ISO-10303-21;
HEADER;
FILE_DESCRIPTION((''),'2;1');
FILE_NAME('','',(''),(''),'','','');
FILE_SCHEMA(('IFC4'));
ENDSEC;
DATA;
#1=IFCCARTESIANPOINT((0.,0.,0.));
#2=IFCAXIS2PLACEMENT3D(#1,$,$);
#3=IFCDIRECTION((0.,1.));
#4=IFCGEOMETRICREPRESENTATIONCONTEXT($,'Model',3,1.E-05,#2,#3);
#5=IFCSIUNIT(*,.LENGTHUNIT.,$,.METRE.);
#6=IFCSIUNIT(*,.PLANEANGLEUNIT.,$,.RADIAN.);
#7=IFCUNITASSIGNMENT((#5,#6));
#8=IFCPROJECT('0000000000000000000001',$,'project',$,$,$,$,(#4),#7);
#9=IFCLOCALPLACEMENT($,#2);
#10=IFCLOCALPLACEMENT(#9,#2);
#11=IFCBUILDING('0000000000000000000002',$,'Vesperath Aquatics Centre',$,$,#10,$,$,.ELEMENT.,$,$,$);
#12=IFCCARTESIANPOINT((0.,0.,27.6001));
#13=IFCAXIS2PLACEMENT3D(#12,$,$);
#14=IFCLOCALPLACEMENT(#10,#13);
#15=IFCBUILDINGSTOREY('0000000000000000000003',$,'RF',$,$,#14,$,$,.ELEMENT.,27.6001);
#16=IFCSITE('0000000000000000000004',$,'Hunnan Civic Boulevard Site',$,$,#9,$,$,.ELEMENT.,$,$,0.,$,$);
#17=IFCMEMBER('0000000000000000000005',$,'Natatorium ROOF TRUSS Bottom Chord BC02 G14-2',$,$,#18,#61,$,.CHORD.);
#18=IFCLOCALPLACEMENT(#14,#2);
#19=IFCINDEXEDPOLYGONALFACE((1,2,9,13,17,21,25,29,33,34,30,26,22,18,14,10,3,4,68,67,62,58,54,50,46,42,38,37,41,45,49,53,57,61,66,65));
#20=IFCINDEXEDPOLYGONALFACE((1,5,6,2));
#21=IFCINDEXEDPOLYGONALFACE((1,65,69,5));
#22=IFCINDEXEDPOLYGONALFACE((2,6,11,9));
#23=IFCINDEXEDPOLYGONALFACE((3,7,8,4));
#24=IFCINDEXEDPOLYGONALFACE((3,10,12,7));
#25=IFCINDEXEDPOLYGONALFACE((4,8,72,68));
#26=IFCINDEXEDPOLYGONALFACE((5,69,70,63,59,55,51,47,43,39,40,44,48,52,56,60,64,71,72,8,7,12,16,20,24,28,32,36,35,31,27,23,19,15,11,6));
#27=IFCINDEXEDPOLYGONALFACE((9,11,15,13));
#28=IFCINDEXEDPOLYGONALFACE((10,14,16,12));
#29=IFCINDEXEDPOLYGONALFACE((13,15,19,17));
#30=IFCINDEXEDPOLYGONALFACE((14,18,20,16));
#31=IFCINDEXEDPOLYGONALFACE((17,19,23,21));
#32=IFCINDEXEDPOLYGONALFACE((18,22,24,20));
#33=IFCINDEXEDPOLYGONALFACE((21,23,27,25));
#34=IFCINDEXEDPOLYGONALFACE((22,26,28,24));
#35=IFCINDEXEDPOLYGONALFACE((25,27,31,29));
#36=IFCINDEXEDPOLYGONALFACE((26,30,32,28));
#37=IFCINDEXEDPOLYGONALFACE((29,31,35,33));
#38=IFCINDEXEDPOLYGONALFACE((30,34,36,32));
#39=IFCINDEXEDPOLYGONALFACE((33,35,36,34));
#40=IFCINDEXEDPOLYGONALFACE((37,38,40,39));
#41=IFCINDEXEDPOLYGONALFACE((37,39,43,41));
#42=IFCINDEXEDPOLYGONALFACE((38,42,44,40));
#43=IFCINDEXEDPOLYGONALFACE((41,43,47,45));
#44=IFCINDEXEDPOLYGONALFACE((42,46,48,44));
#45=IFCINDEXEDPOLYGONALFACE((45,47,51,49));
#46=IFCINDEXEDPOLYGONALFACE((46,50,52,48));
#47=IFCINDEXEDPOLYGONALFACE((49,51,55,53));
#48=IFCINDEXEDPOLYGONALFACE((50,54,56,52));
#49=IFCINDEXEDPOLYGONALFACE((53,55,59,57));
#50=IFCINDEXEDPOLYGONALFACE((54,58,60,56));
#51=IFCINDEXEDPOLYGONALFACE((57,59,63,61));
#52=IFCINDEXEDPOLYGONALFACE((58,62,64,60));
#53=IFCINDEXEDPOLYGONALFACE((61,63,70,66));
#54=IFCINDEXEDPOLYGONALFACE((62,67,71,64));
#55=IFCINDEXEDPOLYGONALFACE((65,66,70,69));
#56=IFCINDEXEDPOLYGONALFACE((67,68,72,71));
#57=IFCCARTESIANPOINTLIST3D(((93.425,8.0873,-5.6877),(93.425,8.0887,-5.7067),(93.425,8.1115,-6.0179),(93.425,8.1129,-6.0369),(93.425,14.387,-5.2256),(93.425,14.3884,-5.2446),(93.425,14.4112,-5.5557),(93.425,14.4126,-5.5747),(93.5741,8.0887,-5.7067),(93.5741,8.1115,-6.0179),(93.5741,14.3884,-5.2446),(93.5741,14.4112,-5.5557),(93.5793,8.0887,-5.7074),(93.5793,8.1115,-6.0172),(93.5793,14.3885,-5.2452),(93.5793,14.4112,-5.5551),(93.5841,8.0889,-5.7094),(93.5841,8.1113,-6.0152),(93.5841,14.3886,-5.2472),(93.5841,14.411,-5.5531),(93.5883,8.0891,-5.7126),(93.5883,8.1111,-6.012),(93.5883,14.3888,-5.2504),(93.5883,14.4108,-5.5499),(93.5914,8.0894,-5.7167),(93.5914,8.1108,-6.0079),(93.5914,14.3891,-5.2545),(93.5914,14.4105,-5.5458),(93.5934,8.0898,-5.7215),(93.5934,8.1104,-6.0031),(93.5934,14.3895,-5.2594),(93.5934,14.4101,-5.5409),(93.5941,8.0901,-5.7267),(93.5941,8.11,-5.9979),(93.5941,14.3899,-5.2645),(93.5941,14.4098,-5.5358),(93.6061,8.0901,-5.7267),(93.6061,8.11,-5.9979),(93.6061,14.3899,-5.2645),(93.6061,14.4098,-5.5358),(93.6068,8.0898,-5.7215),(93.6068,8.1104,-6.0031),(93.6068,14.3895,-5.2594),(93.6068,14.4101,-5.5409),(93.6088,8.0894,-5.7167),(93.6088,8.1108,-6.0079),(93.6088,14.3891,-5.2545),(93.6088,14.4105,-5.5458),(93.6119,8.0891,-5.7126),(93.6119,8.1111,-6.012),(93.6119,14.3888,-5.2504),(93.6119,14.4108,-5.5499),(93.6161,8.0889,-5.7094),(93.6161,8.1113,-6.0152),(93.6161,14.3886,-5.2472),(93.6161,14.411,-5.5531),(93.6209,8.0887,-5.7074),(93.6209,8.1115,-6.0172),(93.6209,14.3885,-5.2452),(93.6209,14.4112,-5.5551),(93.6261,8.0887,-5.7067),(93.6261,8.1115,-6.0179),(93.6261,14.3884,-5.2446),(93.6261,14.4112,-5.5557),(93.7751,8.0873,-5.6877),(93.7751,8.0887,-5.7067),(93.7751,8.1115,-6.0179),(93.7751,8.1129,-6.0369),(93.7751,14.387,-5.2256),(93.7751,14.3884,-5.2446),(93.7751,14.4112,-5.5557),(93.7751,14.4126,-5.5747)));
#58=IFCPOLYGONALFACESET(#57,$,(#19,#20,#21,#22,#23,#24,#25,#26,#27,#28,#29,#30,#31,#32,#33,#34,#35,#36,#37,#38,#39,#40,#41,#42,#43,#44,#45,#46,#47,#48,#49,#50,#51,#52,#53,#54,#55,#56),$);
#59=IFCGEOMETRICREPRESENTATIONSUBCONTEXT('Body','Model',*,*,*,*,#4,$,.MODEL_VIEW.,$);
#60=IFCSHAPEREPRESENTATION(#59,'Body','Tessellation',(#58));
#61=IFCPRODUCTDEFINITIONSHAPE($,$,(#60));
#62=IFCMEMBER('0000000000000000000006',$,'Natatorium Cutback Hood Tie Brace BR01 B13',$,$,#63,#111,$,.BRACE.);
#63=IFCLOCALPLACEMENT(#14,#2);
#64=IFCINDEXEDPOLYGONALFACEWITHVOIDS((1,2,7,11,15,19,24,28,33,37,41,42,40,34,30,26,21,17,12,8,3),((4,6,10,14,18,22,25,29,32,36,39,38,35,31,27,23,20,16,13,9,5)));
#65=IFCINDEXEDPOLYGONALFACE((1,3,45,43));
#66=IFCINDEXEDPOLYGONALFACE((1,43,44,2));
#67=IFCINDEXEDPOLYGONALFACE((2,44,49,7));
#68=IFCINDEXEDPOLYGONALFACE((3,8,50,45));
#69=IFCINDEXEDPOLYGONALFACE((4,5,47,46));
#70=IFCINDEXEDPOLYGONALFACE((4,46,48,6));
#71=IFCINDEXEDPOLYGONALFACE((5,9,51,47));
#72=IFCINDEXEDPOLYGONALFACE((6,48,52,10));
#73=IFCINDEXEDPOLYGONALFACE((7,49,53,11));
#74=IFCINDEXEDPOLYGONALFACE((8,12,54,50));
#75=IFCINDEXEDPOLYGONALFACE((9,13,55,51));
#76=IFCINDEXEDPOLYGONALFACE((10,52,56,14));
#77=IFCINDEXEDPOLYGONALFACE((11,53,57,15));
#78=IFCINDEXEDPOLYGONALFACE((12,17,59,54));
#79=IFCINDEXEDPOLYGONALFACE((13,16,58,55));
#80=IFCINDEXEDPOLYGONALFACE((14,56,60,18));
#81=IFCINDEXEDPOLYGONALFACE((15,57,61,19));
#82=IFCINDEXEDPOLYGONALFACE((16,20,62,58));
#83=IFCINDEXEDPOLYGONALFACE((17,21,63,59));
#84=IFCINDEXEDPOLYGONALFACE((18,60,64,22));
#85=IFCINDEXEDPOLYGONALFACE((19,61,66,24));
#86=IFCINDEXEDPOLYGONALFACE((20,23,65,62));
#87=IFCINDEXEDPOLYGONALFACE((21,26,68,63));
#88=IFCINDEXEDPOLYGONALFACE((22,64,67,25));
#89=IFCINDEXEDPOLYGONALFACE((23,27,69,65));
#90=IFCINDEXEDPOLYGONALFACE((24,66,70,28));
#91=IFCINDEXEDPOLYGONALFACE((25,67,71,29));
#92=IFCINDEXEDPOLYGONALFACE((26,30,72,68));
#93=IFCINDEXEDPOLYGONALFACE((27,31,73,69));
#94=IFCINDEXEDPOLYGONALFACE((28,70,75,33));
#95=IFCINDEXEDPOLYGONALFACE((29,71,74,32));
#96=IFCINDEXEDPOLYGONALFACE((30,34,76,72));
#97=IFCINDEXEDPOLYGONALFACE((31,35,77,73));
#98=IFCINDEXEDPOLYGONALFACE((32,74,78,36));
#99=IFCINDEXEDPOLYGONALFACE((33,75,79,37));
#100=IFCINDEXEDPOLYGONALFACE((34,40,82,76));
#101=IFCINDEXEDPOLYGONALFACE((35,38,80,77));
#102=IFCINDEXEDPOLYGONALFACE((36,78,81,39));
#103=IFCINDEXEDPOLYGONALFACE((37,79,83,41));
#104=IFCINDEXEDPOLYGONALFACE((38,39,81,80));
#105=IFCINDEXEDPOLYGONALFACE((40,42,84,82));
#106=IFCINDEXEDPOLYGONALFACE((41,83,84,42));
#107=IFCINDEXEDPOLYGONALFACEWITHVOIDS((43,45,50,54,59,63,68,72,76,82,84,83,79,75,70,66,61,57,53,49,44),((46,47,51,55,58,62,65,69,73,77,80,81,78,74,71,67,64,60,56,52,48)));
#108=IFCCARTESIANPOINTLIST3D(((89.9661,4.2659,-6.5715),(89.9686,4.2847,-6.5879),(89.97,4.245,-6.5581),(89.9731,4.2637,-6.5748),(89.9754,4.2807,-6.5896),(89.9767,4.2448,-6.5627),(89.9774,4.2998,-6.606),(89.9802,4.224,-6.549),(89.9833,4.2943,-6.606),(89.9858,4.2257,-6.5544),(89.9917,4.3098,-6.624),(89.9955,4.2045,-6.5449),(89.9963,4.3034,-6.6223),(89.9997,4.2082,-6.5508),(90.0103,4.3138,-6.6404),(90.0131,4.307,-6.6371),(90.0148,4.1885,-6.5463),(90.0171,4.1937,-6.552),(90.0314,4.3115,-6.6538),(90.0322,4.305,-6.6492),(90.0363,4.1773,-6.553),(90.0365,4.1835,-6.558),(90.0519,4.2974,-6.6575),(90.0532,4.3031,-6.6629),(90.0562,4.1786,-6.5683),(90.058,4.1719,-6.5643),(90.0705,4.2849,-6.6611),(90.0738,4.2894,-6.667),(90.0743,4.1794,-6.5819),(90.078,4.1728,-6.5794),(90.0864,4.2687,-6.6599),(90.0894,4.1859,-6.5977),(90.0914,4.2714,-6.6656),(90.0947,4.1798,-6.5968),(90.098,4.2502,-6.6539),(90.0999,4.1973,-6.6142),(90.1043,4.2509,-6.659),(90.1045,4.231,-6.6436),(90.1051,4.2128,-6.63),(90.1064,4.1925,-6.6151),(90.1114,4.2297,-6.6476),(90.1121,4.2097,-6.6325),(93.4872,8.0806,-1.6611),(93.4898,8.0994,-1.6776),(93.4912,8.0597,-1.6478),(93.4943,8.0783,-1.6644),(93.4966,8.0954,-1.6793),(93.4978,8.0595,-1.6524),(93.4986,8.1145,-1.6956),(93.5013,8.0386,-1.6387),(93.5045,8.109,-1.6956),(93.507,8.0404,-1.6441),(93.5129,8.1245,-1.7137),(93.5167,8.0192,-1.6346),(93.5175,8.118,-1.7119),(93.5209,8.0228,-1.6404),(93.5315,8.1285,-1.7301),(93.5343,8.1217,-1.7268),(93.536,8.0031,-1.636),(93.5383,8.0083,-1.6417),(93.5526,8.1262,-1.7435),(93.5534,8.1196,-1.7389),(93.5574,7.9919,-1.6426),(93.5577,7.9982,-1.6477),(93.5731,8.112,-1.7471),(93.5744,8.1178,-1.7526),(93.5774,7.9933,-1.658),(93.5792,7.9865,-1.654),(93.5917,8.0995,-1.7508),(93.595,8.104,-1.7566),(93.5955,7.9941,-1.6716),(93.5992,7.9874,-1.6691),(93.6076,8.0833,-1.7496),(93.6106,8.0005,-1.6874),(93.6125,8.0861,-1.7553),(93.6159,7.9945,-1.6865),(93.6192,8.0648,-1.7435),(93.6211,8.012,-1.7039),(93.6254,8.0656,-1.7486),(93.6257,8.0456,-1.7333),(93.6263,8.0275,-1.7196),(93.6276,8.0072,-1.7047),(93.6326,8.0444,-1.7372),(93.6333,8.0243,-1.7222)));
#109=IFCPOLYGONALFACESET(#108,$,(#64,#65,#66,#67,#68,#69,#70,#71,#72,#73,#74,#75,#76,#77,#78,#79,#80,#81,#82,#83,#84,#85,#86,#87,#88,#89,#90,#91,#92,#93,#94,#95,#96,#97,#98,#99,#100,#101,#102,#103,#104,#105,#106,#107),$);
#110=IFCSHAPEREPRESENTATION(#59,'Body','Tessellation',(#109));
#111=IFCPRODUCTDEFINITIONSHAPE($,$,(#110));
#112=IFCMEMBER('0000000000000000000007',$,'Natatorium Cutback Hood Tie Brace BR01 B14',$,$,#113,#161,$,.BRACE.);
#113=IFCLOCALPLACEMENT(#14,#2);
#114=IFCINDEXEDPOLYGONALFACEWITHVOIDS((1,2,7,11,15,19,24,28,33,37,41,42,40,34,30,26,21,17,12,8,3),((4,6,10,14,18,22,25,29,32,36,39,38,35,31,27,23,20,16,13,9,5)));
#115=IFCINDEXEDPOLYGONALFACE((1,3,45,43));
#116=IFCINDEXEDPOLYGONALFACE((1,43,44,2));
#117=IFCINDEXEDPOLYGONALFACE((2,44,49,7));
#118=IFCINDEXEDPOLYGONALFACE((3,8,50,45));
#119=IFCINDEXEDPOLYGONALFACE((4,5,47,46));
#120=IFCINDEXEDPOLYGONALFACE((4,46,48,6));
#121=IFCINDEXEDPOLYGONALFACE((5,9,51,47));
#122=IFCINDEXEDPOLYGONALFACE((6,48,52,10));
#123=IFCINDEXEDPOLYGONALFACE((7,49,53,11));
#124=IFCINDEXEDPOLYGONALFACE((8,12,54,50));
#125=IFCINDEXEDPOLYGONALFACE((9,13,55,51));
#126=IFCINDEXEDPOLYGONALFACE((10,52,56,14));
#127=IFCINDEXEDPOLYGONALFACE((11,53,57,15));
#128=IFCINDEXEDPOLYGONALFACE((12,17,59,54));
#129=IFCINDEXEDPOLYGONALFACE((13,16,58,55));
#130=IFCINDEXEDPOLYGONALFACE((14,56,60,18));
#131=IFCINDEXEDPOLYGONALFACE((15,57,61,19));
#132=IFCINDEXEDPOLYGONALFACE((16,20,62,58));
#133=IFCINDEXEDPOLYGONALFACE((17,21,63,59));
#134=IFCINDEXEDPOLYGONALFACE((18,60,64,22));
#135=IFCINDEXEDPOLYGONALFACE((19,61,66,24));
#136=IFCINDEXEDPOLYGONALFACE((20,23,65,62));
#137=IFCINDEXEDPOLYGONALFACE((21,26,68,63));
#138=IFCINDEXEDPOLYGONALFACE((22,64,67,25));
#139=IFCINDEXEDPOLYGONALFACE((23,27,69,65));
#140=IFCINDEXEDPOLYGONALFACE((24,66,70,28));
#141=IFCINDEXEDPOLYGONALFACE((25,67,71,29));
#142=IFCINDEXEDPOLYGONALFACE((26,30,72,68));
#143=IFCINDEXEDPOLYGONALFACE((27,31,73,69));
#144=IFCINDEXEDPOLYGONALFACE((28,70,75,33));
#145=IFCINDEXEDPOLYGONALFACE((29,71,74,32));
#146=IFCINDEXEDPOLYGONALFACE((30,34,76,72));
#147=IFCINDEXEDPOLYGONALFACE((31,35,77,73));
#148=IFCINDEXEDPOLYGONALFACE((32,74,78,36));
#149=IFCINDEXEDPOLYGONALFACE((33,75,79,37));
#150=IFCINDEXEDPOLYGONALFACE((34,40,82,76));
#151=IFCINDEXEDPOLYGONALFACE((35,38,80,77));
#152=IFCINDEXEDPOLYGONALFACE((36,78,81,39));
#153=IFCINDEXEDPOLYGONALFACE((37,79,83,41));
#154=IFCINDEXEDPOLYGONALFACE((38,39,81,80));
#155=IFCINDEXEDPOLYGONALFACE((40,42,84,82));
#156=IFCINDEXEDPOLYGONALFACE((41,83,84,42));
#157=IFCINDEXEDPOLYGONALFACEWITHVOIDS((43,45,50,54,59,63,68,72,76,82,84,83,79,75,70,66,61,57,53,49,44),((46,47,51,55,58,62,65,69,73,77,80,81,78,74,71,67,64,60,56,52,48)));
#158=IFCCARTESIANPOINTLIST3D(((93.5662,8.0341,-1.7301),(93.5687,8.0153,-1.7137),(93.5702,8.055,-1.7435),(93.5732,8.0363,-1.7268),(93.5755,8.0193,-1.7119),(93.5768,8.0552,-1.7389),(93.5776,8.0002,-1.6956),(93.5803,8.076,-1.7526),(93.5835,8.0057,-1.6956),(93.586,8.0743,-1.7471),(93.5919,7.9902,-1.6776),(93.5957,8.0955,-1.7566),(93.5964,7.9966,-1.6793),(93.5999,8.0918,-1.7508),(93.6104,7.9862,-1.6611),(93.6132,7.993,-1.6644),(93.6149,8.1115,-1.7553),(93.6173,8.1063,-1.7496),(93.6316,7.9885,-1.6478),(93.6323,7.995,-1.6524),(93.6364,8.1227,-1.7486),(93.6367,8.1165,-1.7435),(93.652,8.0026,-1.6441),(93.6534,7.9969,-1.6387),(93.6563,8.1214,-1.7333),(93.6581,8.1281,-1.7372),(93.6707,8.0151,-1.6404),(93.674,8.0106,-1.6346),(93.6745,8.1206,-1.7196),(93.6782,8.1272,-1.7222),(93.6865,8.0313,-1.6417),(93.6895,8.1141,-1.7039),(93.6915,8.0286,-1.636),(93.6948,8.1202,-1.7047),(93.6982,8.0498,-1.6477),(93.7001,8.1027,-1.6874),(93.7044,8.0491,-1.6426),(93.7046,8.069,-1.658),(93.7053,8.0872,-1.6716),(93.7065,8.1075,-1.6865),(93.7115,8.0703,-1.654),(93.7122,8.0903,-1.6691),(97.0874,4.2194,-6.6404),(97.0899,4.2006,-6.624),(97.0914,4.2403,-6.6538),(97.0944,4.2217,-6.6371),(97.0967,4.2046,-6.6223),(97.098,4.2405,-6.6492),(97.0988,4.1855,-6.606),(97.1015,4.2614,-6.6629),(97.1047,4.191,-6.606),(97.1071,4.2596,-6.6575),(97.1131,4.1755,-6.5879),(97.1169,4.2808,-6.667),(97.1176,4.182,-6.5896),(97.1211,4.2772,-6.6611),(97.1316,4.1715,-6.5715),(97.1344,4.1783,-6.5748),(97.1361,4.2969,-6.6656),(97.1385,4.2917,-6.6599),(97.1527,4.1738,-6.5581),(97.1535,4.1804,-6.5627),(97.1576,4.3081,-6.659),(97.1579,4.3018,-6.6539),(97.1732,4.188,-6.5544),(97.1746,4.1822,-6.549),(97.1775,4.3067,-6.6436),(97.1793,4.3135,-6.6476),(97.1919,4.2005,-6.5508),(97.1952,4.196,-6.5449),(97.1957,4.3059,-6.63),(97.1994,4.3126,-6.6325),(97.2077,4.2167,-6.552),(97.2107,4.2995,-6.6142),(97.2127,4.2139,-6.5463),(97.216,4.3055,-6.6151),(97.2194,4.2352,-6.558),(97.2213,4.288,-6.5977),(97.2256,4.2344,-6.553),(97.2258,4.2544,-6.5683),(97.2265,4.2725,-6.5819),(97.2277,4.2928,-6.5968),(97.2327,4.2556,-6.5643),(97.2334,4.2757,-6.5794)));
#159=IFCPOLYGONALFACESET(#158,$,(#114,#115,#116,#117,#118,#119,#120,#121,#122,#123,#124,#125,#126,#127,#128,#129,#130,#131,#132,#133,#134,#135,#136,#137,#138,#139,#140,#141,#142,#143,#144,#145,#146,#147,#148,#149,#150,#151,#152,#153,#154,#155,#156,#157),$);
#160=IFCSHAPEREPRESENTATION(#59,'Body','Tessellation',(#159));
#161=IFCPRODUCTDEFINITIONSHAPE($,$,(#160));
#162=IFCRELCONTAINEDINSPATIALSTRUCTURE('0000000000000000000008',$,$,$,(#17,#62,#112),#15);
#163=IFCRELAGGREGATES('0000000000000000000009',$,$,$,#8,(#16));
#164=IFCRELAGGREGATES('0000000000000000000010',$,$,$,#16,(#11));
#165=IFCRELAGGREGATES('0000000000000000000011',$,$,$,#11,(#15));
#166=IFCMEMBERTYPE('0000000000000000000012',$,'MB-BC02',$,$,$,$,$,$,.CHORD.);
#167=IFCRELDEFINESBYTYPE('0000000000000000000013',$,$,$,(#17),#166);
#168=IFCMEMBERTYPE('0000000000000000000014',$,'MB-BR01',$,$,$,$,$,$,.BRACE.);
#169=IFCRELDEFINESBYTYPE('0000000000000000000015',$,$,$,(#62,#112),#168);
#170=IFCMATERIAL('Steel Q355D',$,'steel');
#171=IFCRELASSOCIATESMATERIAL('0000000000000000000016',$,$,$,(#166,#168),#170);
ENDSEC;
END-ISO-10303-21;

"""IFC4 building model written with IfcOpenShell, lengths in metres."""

from ifc_helpers import new_model, si_unit, direction, frame, origin, origin_2d, place, context, subcontext, project, spatial, hollow_circle, i_section, extrude, material, material_profile, profile_set, type_object, element, save


model = new_model("IFC4")

# Units and contexts
model_context = context("Model", 3, precision=1e-05, world=origin(), true_north=direction((0.0, 1.0)))
body_context = subcontext(model_context, "Body", "Model", "MODEL_VIEW")
ifc_project = project(units=[si_unit("LENGTHUNIT", "METRE"), si_unit("PLANEANGLEUNIT", "RADIAN")], contexts=[model_context])

# Site, building, storey
site_placement = place(None, origin())
site = spatial("IfcSite", under=ifc_project, at=site_placement, Name="Hunnan Civic Boulevard Site", CompositionType="ELEMENT", RefElevation=0.0)
building_placement = place(site_placement, origin())
building = spatial("IfcBuilding", under=site, at=building_placement, Name="Vesperath Aquatics Centre", CompositionType="ELEMENT")
storey_placement = place(building_placement, frame((0.0, 0.0, 27.6001)))
storey = spatial("IfcBuildingStorey", under=building, at=storey_placement, Name="RF", CompositionType="ELEMENT", Elevation=27.6001)

# Shared definitions
ifc_material_1 = material(Name="Steel Q355D", Category="steel")

# Members
ifc_material_profile_1 = material_profile(ifc_material_1, i_section(OverallWidth=0.3501, OverallDepth=0.3501, WebThickness=0.012, FlangeThickness=0.019, FilletRadius=0.02, at=origin_2d()), Name="HW 350x350x12x19")
ifc_profile_set_1 = profile_set([ifc_material_profile_1], Name="Steel Q355D")
member_type_1 = type_object("IfcMemberType", Name="MB-BC02", PredefinedType="CHORD", material=ifc_profile_set_1)
member_1_placement = place(storey_placement, frame((93.6001, 8.1001, -5.8623), z_axis=(0.0, 0.99732, 0.073164), x_axis=(-1.0, 0.0, 0.0)))
element("IfcMember", 1, at=member_1_placement, inside=storey, type_object=member_type_1, Name="Natatorium ROOF TRUSS Bottom Chord BC02 G14-2", PredefinedType="CHORD", context=body_context, shape_type="SweptSolid", body=[
    extrude(i_section(OverallWidth=0.3501, OverallDepth=0.3501, WebThickness=0.012, FlangeThickness=0.019, FilletRadius=0.02, at=origin_2d()), origin(), (0.0, 0.0, 1.0), 6.3167),
])
ifc_material_profile_2 = material_profile(ifc_material_1, hollow_circle(Radius=0.0842, WallThickness=0.0081, at=origin_2d()), Name="CHS 168.3x8")
ifc_profile_set_2 = profile_set([ifc_material_profile_2], Name="Steel Q355D")
member_type_2 = type_object("IfcMemberType", Name="MB-BR01", PredefinedType="BRACE", material=ifc_profile_set_2)
for number, where, z_axis, x_axis, name in (
    (2, (90.0393, 4.2427, -6.606), (0.492768, 0.533834, 0.687169), (-0.734805, 0.678278, 0.0), "Natatorium Cutback Hood Tie Brace BR01 B13"),
    (3, (97.1606, 4.2427, -6.606), (-0.492768, 0.533834, 0.687169), (-0.734805, -0.678278, 0.0), "Natatorium Cutback Hood Tie Brace BR01 B14"),
):
    element("IfcMember", number, at=place(storey_placement, frame(where, z_axis=z_axis, x_axis=x_axis)), inside=storey, type_object=member_type_2, Name=name, PredefinedType="BRACE", context=body_context, shape_type="SweptSolid", body=[
        extrude(hollow_circle(Radius=0.0842, WallThickness=0.0081, at=origin_2d()), origin(), (0.0, 0.0, 1.0), 7.1458),
    ])

save(model, "model.ifc")
